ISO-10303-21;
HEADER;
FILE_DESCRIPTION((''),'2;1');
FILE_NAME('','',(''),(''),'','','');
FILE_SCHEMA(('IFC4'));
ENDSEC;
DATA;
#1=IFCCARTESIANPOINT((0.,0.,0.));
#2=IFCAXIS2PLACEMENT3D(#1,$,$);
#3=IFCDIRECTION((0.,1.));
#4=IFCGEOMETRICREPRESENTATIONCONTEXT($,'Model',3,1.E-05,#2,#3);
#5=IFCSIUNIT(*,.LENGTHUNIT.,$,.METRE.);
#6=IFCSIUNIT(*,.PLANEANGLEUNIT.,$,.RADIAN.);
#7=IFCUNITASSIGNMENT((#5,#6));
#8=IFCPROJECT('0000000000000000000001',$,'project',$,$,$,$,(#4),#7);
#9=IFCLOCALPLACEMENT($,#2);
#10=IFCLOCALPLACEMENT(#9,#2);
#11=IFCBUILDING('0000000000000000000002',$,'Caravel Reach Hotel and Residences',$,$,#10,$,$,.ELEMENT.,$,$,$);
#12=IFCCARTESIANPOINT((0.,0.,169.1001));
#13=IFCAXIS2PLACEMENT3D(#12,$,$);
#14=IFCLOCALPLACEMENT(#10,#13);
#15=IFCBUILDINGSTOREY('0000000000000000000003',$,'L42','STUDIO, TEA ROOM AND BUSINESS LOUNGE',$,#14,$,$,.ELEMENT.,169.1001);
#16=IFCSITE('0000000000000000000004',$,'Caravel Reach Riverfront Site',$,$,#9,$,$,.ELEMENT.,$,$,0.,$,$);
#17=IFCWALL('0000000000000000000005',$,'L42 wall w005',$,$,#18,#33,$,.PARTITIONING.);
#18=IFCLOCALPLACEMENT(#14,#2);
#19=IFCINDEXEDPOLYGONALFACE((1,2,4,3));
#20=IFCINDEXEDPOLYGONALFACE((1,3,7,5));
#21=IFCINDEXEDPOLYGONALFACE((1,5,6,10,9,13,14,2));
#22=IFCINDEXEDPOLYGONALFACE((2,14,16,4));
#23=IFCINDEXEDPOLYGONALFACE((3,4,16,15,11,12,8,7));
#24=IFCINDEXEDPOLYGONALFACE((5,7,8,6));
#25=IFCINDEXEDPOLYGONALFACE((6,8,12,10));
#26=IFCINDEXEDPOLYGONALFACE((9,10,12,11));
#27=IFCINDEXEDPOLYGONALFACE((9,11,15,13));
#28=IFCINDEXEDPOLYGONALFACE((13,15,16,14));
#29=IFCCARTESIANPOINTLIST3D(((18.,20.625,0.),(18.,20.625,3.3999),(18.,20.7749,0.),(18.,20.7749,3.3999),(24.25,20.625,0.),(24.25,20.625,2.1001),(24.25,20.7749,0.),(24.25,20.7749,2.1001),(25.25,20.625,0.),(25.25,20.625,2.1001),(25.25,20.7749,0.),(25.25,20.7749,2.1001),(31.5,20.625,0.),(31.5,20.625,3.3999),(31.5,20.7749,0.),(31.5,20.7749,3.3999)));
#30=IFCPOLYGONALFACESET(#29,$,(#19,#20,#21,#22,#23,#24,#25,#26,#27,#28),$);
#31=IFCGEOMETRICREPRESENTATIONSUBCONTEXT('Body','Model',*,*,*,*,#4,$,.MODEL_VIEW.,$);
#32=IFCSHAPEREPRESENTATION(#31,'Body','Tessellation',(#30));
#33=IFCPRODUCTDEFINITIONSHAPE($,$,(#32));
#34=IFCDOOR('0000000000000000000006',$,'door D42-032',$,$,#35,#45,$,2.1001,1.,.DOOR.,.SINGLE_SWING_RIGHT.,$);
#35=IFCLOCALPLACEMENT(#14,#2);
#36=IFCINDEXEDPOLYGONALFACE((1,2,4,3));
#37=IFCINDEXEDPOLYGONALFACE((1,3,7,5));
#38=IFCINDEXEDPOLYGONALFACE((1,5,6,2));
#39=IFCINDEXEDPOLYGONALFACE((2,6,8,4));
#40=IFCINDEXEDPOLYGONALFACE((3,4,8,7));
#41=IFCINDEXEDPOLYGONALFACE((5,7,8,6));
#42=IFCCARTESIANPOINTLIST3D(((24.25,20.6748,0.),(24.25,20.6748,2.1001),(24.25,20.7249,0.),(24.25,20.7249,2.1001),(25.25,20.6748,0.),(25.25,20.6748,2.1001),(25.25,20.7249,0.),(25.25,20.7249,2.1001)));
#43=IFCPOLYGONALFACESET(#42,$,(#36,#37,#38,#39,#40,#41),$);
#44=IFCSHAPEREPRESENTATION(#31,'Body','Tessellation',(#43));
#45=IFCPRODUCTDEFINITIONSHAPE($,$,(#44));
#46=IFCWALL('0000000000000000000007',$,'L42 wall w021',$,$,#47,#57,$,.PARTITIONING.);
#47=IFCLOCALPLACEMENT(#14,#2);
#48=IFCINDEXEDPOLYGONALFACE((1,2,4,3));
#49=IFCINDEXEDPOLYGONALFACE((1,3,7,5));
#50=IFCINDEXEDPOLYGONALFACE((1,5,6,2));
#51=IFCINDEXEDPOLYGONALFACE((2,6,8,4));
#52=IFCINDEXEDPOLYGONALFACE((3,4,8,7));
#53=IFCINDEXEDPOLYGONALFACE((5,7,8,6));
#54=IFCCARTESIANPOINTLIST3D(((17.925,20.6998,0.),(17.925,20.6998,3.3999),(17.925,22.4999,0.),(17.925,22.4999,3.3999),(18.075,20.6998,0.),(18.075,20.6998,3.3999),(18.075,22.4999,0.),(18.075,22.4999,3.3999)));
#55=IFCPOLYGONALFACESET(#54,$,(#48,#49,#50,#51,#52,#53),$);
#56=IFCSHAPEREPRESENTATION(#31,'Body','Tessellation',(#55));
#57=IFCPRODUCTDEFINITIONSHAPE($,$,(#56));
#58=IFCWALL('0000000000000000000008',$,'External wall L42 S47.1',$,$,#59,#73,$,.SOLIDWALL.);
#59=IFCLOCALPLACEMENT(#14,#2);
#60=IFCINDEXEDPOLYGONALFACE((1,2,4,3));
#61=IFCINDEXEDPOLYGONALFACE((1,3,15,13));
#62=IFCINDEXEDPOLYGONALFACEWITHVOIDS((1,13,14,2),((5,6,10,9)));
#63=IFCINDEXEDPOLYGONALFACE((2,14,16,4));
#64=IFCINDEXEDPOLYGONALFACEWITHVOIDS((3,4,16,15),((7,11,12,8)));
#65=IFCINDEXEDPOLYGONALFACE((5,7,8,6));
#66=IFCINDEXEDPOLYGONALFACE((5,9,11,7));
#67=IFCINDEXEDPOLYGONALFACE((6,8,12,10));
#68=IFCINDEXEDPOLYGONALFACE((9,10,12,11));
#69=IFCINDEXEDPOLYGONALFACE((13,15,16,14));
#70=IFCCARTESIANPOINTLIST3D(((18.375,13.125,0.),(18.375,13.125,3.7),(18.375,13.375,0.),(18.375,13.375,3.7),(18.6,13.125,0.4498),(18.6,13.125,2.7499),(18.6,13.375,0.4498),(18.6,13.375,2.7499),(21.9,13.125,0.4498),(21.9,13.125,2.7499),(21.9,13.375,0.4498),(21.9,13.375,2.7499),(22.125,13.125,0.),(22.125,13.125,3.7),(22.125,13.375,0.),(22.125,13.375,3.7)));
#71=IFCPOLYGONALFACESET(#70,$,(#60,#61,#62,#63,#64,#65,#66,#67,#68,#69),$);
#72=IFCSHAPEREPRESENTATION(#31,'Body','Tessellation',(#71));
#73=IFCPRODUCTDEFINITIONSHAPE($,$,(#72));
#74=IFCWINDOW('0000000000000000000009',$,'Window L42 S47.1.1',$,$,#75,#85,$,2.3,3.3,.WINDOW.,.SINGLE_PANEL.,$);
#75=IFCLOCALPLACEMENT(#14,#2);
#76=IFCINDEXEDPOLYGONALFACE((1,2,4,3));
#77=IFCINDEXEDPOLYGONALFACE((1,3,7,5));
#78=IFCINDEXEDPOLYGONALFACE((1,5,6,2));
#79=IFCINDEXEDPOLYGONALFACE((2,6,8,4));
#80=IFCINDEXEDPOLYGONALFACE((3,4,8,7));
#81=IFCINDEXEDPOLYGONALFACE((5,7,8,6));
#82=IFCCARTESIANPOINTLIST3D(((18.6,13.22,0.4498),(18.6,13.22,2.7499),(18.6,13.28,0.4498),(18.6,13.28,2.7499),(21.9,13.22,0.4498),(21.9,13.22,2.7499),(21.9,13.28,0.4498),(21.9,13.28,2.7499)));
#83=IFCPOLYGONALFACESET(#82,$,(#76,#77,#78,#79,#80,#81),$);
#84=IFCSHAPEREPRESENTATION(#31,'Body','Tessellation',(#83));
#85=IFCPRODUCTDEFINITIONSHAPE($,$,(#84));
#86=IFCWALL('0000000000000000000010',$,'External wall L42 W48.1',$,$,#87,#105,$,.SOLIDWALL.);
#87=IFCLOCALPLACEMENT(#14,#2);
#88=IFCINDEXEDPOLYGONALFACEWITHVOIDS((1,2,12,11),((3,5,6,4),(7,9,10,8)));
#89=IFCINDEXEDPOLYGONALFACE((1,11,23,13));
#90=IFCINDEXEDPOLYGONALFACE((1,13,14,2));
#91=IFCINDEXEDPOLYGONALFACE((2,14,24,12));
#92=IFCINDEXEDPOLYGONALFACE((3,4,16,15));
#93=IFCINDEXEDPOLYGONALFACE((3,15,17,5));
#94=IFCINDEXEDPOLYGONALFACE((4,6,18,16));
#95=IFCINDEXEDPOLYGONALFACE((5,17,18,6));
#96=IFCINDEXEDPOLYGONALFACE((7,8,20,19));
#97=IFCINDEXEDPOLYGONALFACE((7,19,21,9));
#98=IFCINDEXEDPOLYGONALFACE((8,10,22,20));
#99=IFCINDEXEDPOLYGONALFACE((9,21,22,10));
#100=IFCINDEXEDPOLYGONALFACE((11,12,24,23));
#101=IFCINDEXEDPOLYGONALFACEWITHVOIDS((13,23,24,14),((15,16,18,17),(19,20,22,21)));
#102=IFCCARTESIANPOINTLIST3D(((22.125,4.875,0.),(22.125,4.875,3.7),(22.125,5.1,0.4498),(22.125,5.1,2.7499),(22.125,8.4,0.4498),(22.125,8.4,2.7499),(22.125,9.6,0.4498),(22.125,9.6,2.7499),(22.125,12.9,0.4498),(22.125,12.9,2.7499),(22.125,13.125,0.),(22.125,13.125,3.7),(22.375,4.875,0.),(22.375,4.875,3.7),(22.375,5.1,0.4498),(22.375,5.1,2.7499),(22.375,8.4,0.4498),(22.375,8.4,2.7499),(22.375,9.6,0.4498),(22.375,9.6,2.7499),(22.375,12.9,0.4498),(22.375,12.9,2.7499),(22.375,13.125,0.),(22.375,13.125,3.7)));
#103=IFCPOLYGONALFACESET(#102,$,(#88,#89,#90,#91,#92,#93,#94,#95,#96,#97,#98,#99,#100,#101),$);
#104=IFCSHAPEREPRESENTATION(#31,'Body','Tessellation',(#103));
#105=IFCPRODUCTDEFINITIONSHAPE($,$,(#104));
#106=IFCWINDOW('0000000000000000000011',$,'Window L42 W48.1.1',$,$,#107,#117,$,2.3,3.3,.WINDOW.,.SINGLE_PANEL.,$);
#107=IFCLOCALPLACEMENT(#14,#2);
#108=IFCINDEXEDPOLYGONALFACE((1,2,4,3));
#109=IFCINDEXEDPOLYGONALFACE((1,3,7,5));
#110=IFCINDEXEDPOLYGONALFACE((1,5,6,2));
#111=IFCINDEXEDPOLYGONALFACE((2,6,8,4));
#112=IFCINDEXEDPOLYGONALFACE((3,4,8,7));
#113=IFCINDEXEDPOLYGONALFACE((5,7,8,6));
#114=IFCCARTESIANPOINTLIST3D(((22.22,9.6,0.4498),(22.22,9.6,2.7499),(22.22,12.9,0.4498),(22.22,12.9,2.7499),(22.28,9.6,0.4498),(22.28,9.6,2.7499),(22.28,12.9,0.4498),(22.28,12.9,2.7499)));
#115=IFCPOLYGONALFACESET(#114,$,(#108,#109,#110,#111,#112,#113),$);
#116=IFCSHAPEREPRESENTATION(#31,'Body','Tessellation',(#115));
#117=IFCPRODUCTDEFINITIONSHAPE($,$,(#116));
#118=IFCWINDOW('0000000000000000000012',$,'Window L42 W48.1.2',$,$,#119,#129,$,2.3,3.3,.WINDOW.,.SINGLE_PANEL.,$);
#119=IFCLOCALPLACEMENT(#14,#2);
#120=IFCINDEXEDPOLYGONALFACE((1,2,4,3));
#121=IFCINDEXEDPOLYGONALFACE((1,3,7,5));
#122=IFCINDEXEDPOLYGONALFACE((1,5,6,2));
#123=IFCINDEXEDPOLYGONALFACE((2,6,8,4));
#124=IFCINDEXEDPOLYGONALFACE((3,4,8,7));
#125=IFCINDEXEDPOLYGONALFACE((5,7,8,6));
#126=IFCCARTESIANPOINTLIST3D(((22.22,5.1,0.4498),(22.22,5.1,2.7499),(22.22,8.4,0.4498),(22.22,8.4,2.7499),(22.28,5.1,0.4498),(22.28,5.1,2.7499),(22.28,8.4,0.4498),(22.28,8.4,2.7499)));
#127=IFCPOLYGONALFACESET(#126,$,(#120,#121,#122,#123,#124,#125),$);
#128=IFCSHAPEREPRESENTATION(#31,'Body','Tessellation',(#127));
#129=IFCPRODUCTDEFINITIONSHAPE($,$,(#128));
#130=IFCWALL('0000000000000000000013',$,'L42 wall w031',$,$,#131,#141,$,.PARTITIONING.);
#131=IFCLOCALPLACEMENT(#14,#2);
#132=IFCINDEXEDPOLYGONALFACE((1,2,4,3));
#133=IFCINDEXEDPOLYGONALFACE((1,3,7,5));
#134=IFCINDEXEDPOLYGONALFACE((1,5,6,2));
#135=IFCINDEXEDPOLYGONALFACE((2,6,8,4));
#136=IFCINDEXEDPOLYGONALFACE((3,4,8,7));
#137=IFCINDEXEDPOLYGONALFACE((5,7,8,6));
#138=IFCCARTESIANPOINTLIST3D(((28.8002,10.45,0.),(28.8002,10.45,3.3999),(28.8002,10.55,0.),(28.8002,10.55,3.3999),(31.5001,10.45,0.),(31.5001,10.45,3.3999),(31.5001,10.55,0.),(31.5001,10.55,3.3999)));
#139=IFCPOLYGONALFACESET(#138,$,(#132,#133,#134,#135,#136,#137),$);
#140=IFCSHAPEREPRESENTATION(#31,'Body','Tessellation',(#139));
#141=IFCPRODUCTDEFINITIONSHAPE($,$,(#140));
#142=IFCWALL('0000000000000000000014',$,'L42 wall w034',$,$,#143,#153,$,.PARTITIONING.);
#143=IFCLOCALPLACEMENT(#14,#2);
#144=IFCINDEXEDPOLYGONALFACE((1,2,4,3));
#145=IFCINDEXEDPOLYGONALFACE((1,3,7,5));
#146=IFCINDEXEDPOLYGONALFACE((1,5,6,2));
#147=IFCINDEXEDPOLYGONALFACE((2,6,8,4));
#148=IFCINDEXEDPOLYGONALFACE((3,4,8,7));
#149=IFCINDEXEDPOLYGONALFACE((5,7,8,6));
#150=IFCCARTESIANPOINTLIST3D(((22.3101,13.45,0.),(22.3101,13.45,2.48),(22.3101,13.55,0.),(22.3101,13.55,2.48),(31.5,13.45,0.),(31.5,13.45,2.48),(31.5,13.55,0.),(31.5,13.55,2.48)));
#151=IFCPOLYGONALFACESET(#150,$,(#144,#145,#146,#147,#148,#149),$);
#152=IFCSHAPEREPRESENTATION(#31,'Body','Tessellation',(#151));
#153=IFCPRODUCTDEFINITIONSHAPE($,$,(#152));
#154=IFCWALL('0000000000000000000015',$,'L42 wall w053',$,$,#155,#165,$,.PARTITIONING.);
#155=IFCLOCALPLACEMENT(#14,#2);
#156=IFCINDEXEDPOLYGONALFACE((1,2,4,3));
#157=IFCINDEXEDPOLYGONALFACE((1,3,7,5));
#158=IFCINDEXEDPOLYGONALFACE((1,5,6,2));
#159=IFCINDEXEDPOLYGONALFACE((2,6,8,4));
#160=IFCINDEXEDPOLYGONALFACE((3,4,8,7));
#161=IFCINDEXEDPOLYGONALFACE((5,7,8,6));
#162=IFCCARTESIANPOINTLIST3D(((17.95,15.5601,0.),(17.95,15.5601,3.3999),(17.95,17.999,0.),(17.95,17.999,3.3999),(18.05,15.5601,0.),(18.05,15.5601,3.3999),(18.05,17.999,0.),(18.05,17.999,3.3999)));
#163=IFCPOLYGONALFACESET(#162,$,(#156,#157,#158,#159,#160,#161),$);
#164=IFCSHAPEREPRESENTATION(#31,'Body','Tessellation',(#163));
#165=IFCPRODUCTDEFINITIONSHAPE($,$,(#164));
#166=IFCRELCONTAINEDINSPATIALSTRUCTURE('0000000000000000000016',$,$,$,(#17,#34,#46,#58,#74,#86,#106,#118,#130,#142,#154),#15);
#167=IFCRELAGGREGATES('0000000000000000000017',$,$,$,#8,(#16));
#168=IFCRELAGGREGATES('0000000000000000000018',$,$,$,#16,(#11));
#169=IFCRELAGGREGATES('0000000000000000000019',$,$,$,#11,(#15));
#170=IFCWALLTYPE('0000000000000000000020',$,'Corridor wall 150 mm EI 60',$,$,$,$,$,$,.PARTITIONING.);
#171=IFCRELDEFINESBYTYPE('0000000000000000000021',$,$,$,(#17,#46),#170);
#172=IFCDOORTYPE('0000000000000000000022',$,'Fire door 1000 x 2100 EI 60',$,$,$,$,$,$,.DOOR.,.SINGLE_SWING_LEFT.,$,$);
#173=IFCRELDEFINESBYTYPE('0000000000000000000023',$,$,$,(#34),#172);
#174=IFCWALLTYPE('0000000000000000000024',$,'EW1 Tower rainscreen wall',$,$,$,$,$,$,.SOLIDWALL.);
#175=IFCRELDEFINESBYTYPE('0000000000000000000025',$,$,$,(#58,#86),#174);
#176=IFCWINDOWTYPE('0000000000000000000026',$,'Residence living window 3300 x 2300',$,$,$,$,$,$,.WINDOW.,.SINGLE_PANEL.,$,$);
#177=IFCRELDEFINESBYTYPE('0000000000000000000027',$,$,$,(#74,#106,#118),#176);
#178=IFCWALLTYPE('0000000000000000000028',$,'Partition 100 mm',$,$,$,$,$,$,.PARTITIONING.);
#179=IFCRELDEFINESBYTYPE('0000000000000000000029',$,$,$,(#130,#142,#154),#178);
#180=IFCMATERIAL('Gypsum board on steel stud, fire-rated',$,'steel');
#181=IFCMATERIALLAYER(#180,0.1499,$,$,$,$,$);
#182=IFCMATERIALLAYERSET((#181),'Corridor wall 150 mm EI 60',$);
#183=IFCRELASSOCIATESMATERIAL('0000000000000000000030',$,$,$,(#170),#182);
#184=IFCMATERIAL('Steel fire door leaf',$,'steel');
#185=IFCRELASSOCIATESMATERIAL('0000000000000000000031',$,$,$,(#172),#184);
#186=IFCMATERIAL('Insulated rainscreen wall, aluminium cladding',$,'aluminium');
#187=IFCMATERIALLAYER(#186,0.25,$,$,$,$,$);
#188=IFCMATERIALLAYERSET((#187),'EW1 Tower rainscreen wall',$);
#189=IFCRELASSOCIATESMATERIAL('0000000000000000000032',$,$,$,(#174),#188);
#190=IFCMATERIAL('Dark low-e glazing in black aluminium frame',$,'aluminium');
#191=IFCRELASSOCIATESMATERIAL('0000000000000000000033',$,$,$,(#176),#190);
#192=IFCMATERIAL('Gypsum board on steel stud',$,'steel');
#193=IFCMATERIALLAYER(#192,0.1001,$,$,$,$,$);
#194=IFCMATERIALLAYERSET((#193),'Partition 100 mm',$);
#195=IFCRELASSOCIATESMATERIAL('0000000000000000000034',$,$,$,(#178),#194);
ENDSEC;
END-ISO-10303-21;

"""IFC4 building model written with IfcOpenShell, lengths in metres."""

from ifc_helpers import new_model, si_unit, direction, frame, frame_2d, origin, place, context, subcontext, project, spatial, rectangle, extrude, material, layer, layer_set, type_object, element, fill, save


model = new_model("IFC4")

# Units and contexts
model_context = context("Model", 3, precision=1e-05, world=origin(), true_north=direction((0.0, 1.0)))
body_context = subcontext(model_context, "Body", "Model", "MODEL_VIEW")
ifc_project = project(units=[si_unit("LENGTHUNIT", "METRE"), si_unit("PLANEANGLEUNIT", "RADIAN")], contexts=[model_context])

# Site, building, storey
site_placement = place(None, origin())
site = spatial("IfcSite", under=ifc_project, at=site_placement, Name="Caravel Reach Riverfront Site", CompositionType="ELEMENT", RefElevation=0.0)
building_placement = place(site_placement, origin())
building = spatial("IfcBuilding", under=site, at=building_placement, Name="Caravel Reach Hotel and Residences", CompositionType="ELEMENT")
storey_placement = place(building_placement, frame((0.0, 0.0, 169.1001)))
storey = spatial("IfcBuildingStorey", under=building, at=storey_placement, Name="L42", Description="STUDIO, TEA ROOM AND BUSINESS LOUNGE", CompositionType="ELEMENT", Elevation=169.1001)

# Wall, opening, door
ifc_material_1 = material(Name="Gypsum board on steel stud, fire-rated", Category="steel")
ifc_layer_1 = layer(ifc_material_1, 0.1499)
ifc_layer_set_1 = layer_set([ifc_layer_1], Name="Corridor wall 150 mm EI 60")
wall_type_1 = type_object("IfcWallType", Name="Corridor wall 150 mm EI 60", PredefinedType="PARTITIONING", material=ifc_layer_set_1)
wall_1_placement = place(storey_placement, frame((18.0, 20.7, 0.0), z_axis=(0.0, 0.0, 1.0), x_axis=(1.0, 0.0, 0.0)))
wall_1 = element("IfcWall", 1, at=wall_1_placement, inside=storey, type_object=wall_type_1, Name="L42 wall w005", PredefinedType="PARTITIONING", context=body_context, shape_type="SweptSolid", body=[
    extrude(rectangle(XDim=13.5, YDim=0.1499, at=frame_2d((6.75, 0.0))), origin(), (0.0, 0.0, 1.0), 3.3999),
])
opening_1_placement = place(wall_1_placement, frame((6.25, 0.0, 0.0)))
opening_1 = element("IfcOpeningElement", 2, at=opening_1_placement, cuts=wall_1, PredefinedType="OPENING", context=body_context, shape_type="SweptSolid", body=[
    extrude(rectangle(XDim=1.0, YDim=2.1001, at=frame_2d((0.5, 1.05))), frame((0.0, 0.085, 0.0), z_axis=(0.0, -1.0, 0.0), x_axis=(1.0, 0.0, 0.0)), (0.0, 0.0, 1.0), 0.1699),
])
ifc_material_2 = material(Name="Steel fire door leaf", Category="steel")
door_type_1 = type_object("IfcDoorType", Name="Fire door 1000 x 2100 EI 60", OperationType="SINGLE_SWING_LEFT", PredefinedType="DOOR", material=ifc_material_2)
door_1_placement = place(opening_1_placement, origin())
door_1 = element("IfcDoor", 3, at=door_1_placement, inside=storey, type_object=door_type_1, Name="door D42-032", OperationType="SINGLE_SWING_RIGHT", OverallHeight=2.1001, OverallWidth=1.0, PredefinedType="DOOR", context=body_context, shape_type="SweptSolid", body=[
    extrude(rectangle(XDim=1.0, YDim=2.1001, at=frame_2d((0.5, 1.05))), frame((0.0, 0.0249, 0.0), z_axis=(0.0, -1.0, 0.0), x_axis=(1.0, 0.0, 0.0)), (0.0, 0.0, 1.0), 0.05),
])
fill(opening_1, door_1)

# Wall
wall_2_placement = place(storey_placement, frame((18.0, 20.7, 0.0), z_axis=(0.0, 0.0, 1.0), x_axis=(0.0, 1.0, 0.0)))
element("IfcWall", 4, at=wall_2_placement, inside=storey, type_object=wall_type_1, Name="L42 wall w021", PredefinedType="PARTITIONING", context=body_context, shape_type="SweptSolid", body=[
    extrude(rectangle(XDim=1.8, YDim=0.1499, at=frame_2d((0.8999, 0.0))), origin(), (0.0, 0.0, 1.0), 3.3999),
])

# Wall, opening, window
ifc_material_3 = material(Name="Insulated rainscreen wall, aluminium cladding", Category="aluminium")
ifc_layer_2 = layer(ifc_material_3, 0.25)
ifc_layer_set_2 = layer_set([ifc_layer_2], Name="EW1 Tower rainscreen wall")
wall_type_2 = type_object("IfcWallType", Name="EW1 Tower rainscreen wall", PredefinedType="SOLIDWALL", material=ifc_layer_set_2)
wall_3_placement = place(storey_placement, frame((18.375, 13.25, 0.0), z_axis=(0.0, 0.0, 1.0), x_axis=(1.0, 0.0, 0.0)))
wall_3 = element("IfcWall", 5, at=wall_3_placement, inside=storey, type_object=wall_type_2, Name="External wall L42 S47.1", PredefinedType="SOLIDWALL", context=body_context, shape_type="SweptSolid", body=[
    extrude(rectangle(XDim=3.75, YDim=0.25, at=frame_2d((1.875, 0.0))), origin(), (0.0, 0.0, 1.0), 3.7),
])
opening_2_placement = place(wall_3_placement, frame((0.2251, 0.0, 0.45)))
opening_2 = element("IfcOpeningElement", 6, at=opening_2_placement, cuts=wall_3, PredefinedType="OPENING", context=body_context, shape_type="SweptSolid", body=[
    extrude(rectangle(XDim=3.3, YDim=2.3, at=frame_2d((1.6499, 1.1499))), frame((0.0, 0.135, 0.0), z_axis=(0.0, -1.0, 0.0), x_axis=(1.0, 0.0, 0.0)), (0.0, 0.0, 1.0), 0.27),
])
ifc_material_4 = material(Name="Dark low-e glazing in black aluminium frame", Category="aluminium")
window_type = type_object("IfcWindowType", Name="Residence living window 3300 x 2300", PartitioningType="SINGLE_PANEL", PredefinedType="WINDOW", material=ifc_material_4)
window_1_placement = place(opening_2_placement, origin())
window_1 = element("IfcWindow", 7, at=window_1_placement, inside=storey, type_object=window_type, Name="Window L42 S47.1.1", OverallHeight=2.3, OverallWidth=3.3, PartitioningType="SINGLE_PANEL", PredefinedType="WINDOW", context=body_context, shape_type="SweptSolid", body=[
    extrude(rectangle(XDim=3.3, YDim=2.3, at=frame_2d((1.6499, 1.1499))), frame((0.0, 0.03, 0.0), z_axis=(0.0, -1.0, 0.0), x_axis=(1.0, 0.0, 0.0)), (0.0, 0.0, 1.0), 0.0601),
])
fill(opening_2, window_1)

# Wall, openings, windows
wall_4_placement = place(storey_placement, frame((22.25, 13.125, 0.0), z_axis=(0.0, 0.0, 1.0), x_axis=(0.0, -1.0, 0.0)))
wall_4 = element("IfcWall", 8, at=wall_4_placement, inside=storey, type_object=wall_type_2, Name="External wall L42 W48.1", PredefinedType="SOLIDWALL", context=body_context, shape_type="SweptSolid", body=[
    extrude(rectangle(XDim=8.25, YDim=0.25, at=frame_2d((4.125, 0.0))), origin(), (0.0, 0.0, 1.0), 3.7),
])
opening_3_placement = place(wall_4_placement, frame((0.2251, 0.0, 0.45)))
opening_3 = element("IfcOpeningElement", 9, at=opening_3_placement, cuts=wall_4, PredefinedType="OPENING", context=body_context, shape_type="SweptSolid", body=[
    extrude(rectangle(XDim=3.3, YDim=2.3, at=frame_2d((1.6499, 1.1499))), frame((0.0, 0.135, 0.0), z_axis=(0.0, -1.0, 0.0), x_axis=(1.0, 0.0, 0.0)), (0.0, 0.0, 1.0), 0.27),
])
opening_4_placement = place(wall_4_placement, frame((4.7251, 0.0, 0.45)))
opening_4 = element("IfcOpeningElement", 10, at=opening_4_placement, cuts=wall_4, PredefinedType="OPENING", context=body_context, shape_type="SweptSolid", body=[
    extrude(rectangle(XDim=3.3, YDim=2.3, at=frame_2d((1.6499, 1.1499))), frame((0.0, 0.135, 0.0), z_axis=(0.0, -1.0, 0.0), x_axis=(1.0, 0.0, 0.0)), (0.0, 0.0, 1.0), 0.27),
])
window_2_placement = place(opening_3_placement, origin())
window_2 = element("IfcWindow", 11, at=window_2_placement, inside=storey, type_object=window_type, Name="Window L42 W48.1.1", OverallHeight=2.3, OverallWidth=3.3, PartitioningType="SINGLE_PANEL", PredefinedType="WINDOW", context=body_context, shape_type="SweptSolid", body=[
    extrude(rectangle(XDim=3.3, YDim=2.3, at=frame_2d((1.6499, 1.1499))), frame((0.0, 0.03, 0.0), z_axis=(0.0, -1.0, 0.0), x_axis=(1.0, 0.0, 0.0)), (0.0, 0.0, 1.0), 0.0601),
])
fill(opening_3, window_2)
window_3_placement = place(opening_4_placement, origin())
window_3 = element("IfcWindow", 12, at=window_3_placement, inside=storey, type_object=window_type, Name="Window L42 W48.1.2", OverallHeight=2.3, OverallWidth=3.3, PartitioningType="SINGLE_PANEL", PredefinedType="WINDOW", context=body_context, shape_type="SweptSolid", body=[
    extrude(rectangle(XDim=3.3, YDim=2.3, at=frame_2d((1.6499, 1.1499))), frame((0.0, 0.03, 0.0), z_axis=(0.0, -1.0, 0.0), x_axis=(1.0, 0.0, 0.0)), (0.0, 0.0, 1.0), 0.0601),
])
fill(opening_4, window_3)

# Walls
ifc_material_5 = material(Name="Gypsum board on steel stud", Category="steel")
ifc_layer_3 = layer(ifc_material_5, 0.1001)
ifc_layer_set_3 = layer_set([ifc_layer_3], Name="Partition 100 mm")
wall_type_3 = type_object("IfcWallType", Name="Partition 100 mm", PredefinedType="PARTITIONING", material=ifc_layer_set_3)
wall_5_placement = place(storey_placement, frame((28.8, 10.5, 0.0), z_axis=(0.0, 0.0, 1.0), x_axis=(1.0, 0.0, 0.0)))
element("IfcWall", 13, at=wall_5_placement, inside=storey, type_object=wall_type_3, Name="L42 wall w031", PredefinedType="PARTITIONING", context=body_context, shape_type="SweptSolid", body=[
    extrude(rectangle(XDim=2.7, YDim=0.1001, at=frame_2d((1.3501, 0.0))), origin(), (0.0, 0.0, 1.0), 3.3999),
])
wall_6_placement = place(storey_placement, frame((22.3101, 13.5, 0.0), z_axis=(0.0, 0.0, 1.0), x_axis=(1.0, 0.0, 0.0)))
element("IfcWall", 14, at=wall_6_placement, inside=storey, type_object=wall_type_3, Name="L42 wall w034", PredefinedType="PARTITIONING", context=body_context, shape_type="SweptSolid", body=[
    extrude(rectangle(XDim=9.1899, YDim=0.1001, at=frame_2d((4.595, 0.0))), origin(), (0.0, 0.0, 1.0), 2.48),
])
wall_7_placement = place(storey_placement, frame((18.0, 15.5601, 0.0), z_axis=(0.0, 0.0, 1.0), x_axis=(0.0, 1.0, 0.0)))
element("IfcWall", 15, at=wall_7_placement, inside=storey, type_object=wall_type_3, Name="L42 wall w053", PredefinedType="PARTITIONING", context=body_context, shape_type="SweptSolid", body=[
    extrude(rectangle(XDim=2.439, YDim=0.1001, at=frame_2d((1.2195, 0.0))), origin(), (0.0, 0.0, 1.0), 3.3999),
])

save(model, "model.ifc")
